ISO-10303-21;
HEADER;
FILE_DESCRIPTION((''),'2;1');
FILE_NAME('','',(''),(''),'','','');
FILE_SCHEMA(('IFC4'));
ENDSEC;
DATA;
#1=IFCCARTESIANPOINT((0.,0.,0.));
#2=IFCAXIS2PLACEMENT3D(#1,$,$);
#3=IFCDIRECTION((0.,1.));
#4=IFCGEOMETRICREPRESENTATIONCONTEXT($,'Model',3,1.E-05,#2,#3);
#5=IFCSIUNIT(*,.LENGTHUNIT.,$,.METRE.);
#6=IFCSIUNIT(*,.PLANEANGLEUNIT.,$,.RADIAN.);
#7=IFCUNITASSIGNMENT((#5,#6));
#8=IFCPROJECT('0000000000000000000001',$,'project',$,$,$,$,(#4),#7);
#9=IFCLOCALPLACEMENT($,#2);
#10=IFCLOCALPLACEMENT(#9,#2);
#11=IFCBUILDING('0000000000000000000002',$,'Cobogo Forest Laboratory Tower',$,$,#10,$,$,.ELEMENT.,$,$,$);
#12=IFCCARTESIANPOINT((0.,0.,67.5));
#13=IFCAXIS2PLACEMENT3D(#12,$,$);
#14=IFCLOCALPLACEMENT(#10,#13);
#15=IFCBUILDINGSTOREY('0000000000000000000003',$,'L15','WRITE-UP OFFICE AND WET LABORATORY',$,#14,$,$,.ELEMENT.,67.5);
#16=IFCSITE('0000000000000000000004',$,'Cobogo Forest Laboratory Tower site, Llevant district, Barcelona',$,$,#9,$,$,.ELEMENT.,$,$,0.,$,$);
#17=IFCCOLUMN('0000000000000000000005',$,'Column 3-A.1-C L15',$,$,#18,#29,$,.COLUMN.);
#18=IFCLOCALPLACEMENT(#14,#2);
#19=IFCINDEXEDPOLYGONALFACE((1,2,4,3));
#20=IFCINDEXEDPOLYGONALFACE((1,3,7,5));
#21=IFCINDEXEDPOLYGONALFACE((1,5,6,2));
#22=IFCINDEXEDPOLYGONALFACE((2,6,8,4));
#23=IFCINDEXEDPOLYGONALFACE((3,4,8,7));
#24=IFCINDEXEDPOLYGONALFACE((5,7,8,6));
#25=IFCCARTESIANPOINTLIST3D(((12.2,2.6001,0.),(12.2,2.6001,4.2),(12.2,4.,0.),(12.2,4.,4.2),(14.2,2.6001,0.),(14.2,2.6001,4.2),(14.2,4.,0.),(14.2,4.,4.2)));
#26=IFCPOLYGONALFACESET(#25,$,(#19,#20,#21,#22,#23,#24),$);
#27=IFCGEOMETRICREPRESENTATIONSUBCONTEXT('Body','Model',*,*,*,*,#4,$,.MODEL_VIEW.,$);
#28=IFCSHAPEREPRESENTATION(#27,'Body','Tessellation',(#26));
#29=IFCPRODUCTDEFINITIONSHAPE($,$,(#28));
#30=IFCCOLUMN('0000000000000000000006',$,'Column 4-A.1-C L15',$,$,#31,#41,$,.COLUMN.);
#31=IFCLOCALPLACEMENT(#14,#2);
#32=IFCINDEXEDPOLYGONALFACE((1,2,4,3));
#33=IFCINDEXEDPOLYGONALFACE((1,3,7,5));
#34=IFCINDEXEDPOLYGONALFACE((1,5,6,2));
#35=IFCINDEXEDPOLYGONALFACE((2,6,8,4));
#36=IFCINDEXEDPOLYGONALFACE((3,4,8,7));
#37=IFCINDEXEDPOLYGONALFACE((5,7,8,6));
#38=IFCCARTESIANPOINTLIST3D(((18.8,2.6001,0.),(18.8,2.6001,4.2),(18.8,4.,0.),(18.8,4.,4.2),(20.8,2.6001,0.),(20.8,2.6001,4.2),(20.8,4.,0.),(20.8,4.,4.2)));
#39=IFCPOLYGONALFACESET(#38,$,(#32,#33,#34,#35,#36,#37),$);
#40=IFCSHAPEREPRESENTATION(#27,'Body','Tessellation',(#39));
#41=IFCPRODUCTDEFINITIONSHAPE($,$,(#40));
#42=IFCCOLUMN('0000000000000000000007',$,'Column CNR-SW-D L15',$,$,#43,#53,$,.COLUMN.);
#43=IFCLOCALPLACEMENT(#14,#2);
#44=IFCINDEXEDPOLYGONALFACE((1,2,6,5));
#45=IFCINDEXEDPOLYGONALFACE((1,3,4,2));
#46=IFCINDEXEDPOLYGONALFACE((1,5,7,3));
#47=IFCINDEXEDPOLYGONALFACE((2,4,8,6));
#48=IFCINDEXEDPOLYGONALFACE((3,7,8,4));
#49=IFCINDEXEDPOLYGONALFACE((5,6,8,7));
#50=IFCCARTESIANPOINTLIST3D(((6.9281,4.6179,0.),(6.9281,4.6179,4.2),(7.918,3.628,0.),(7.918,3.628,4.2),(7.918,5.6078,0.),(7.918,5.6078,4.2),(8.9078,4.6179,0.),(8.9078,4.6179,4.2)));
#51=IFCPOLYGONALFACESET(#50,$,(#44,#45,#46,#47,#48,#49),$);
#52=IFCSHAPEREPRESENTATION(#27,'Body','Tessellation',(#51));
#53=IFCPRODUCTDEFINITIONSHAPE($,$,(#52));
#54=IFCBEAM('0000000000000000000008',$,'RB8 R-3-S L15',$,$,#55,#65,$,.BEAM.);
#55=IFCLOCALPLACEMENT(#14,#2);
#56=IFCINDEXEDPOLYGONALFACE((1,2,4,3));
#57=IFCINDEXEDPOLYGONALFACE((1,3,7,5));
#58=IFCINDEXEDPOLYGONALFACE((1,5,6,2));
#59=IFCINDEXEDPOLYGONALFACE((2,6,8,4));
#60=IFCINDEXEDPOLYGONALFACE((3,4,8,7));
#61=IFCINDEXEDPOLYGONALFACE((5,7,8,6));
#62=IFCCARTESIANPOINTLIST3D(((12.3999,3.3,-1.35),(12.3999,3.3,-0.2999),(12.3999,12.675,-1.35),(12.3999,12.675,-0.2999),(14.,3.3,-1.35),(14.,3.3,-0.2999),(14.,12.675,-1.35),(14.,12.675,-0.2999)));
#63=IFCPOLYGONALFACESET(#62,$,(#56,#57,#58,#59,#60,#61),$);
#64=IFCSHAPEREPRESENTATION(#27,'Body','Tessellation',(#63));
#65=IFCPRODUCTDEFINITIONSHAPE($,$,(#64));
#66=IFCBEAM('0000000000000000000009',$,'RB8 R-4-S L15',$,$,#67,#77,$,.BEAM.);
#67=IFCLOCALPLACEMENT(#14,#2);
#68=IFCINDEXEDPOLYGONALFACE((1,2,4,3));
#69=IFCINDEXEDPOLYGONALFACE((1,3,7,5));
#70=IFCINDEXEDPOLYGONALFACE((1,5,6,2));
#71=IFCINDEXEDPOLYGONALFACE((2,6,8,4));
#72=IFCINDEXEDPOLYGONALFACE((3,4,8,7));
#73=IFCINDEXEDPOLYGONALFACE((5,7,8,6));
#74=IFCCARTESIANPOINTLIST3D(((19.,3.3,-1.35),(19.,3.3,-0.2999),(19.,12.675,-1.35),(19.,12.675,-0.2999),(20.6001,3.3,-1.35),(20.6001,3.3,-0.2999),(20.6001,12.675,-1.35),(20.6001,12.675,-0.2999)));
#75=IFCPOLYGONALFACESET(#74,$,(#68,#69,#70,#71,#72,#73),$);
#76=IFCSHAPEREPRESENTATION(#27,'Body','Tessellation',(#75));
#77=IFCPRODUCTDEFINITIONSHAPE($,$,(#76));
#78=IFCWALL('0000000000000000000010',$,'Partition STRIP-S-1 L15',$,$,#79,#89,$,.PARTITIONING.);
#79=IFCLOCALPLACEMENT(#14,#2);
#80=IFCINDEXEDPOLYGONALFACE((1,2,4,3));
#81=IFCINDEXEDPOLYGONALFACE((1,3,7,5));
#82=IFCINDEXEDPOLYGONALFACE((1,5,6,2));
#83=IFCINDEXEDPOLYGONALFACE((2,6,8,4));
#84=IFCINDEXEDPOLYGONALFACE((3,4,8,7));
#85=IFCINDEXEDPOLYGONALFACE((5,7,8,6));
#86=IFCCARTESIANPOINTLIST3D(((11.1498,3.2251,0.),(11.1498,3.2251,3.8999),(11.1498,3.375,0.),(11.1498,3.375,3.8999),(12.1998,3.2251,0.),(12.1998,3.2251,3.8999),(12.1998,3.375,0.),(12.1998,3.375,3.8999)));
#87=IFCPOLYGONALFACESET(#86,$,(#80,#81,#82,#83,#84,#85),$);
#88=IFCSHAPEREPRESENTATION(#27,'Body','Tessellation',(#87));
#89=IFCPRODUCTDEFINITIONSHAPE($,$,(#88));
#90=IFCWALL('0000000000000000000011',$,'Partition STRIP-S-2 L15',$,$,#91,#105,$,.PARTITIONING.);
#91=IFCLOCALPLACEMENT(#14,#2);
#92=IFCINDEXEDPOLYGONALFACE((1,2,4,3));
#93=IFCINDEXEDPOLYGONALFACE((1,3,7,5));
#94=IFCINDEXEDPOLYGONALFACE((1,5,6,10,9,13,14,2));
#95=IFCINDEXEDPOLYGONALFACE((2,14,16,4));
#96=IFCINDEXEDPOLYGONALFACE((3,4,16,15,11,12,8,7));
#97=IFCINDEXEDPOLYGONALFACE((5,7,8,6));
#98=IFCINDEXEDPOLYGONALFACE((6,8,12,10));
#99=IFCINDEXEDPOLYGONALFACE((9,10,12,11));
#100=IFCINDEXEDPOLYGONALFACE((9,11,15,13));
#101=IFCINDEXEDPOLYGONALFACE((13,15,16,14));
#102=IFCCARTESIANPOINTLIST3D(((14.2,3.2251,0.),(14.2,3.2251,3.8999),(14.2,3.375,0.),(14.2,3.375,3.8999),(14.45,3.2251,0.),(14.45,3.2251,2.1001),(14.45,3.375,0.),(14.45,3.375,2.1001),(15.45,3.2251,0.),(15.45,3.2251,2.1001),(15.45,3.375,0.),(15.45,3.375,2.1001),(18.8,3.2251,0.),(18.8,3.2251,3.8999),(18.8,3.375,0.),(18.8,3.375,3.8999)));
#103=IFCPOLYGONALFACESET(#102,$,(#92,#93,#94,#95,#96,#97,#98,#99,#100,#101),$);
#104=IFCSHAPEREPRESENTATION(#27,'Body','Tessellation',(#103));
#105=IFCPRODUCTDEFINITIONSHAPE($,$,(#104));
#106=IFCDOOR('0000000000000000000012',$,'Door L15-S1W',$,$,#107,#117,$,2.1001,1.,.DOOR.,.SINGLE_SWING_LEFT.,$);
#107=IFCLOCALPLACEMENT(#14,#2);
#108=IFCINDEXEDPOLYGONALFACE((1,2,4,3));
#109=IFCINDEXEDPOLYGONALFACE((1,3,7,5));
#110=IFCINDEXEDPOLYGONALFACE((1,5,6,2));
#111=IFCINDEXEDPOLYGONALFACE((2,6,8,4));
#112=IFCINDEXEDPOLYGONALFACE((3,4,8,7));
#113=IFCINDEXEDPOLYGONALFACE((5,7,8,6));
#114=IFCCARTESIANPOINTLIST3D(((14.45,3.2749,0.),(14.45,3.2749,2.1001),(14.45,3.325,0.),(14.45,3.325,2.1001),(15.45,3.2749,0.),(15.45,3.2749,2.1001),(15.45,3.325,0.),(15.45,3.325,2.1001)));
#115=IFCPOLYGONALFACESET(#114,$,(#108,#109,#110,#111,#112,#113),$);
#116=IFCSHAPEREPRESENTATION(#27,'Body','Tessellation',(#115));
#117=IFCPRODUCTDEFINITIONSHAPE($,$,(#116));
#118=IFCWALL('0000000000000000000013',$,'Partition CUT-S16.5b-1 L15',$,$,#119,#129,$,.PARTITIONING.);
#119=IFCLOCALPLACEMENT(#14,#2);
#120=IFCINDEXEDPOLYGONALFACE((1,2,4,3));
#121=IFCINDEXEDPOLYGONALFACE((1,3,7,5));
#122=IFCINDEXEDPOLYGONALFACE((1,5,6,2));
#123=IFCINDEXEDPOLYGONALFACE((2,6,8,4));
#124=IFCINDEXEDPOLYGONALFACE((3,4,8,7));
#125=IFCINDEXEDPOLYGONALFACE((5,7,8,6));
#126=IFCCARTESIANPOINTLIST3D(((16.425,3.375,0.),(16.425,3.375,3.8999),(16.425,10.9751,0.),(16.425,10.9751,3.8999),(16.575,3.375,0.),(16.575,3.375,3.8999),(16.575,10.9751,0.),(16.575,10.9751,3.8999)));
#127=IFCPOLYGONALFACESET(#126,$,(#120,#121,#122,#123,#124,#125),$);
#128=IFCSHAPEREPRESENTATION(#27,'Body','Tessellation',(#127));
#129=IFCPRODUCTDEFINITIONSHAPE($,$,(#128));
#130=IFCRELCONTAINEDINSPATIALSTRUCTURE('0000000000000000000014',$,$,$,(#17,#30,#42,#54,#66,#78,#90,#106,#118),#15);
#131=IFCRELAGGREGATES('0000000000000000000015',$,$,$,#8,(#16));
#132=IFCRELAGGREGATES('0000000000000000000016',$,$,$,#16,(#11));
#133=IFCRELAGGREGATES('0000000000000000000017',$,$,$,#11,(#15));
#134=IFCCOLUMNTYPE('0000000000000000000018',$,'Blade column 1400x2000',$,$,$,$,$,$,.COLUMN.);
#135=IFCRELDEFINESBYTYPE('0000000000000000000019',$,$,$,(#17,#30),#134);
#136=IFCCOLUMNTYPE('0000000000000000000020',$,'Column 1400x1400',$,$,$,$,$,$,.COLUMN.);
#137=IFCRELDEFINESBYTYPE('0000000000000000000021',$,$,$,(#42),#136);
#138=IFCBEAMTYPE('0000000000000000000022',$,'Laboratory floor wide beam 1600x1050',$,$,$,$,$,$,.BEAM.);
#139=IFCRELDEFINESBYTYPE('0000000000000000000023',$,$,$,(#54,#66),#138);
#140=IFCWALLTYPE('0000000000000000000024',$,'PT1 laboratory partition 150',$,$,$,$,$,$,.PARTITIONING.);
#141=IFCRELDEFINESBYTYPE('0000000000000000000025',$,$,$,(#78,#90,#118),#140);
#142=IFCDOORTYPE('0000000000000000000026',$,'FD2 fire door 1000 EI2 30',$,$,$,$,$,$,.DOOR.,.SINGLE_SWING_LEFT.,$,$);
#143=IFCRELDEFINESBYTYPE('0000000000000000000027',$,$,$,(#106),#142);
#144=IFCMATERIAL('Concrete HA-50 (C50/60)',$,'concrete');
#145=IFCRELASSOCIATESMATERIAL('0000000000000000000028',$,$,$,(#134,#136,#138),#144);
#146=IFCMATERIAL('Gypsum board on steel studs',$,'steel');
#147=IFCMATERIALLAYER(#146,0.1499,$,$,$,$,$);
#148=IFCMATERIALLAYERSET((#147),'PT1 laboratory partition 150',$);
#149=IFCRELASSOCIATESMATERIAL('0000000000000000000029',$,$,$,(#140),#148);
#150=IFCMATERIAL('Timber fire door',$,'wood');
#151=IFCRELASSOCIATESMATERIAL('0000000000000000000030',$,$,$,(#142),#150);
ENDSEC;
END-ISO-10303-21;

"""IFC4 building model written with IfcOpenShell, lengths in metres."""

from ifc_helpers import new_model, si_unit, direction, frame, frame_2d, origin, origin_2d, place, context, subcontext, project, spatial, rectangle, extrude, material, layer, layer_set, material_profile, profile_set, type_object, element, fill, save


model = new_model("IFC4")

# Units and contexts
model_context = context("Model", 3, precision=1e-05, world=origin(), true_north=direction((0.0, 1.0)))
body_context = subcontext(model_context, "Body", "Model", "MODEL_VIEW")
ifc_project = project(units=[si_unit("LENGTHUNIT", "METRE"), si_unit("PLANEANGLEUNIT", "RADIAN")], contexts=[model_context])

# Site, building, storey
site_placement = place(None, origin())
site = spatial("IfcSite", under=ifc_project, at=site_placement, Name="Cobogo Forest Laboratory Tower site, Llevant district, Barcelona", CompositionType="ELEMENT", RefElevation=0.0)
building_placement = place(site_placement, origin())
building = spatial("IfcBuilding", under=site, at=building_placement, Name="Cobogo Forest Laboratory Tower", CompositionType="ELEMENT")
storey_placement = place(building_placement, frame((0.0, 0.0, 67.5)))
storey = spatial("IfcBuildingStorey", under=building, at=storey_placement, Name="L15", Description="WRITE-UP OFFICE AND WET LABORATORY", CompositionType="ELEMENT", Elevation=67.5)

# Columns
ifc_material_1 = material(Name="Concrete HA-50 (C50/60)", Category="concrete")
ifc_material_profile_1 = material_profile(ifc_material_1, rectangle(XDim=2.0, YDim=1.3999, at=origin_2d()), Name="RC 1400x2000")
ifc_profile_set_1 = profile_set([ifc_material_profile_1], Name="Concrete HA-50 (C50/60)")
column_type_1 = type_object("IfcColumnType", Name="Blade column 1400x2000", PredefinedType="COLUMN", material=ifc_profile_set_1)
for number, where, z_axis, x_axis, name in (
    (1, (13.2, 3.3, 0.0), (0.0, 0.0, 1.0), (1.0, 0.0, 0.0), "Column 3-A.1-C L15"),
    (2, (19.8, 3.3, 0.0), (0.0, 0.0, 1.0), (1.0, 0.0, 0.0), "Column 4-A.1-C L15"),
):
    element("IfcColumn", number, at=place(storey_placement, frame(where, z_axis=z_axis, x_axis=x_axis)), inside=storey, type_object=column_type_1, Name=name, PredefinedType="COLUMN", context=body_context, shape_type="SweptSolid", body=[
        extrude(rectangle(XDim=2.0, YDim=1.3999, at=origin_2d()), origin(), (0.0, 0.0, 1.0), 4.2),
    ])
ifc_material_profile_2 = material_profile(ifc_material_1, rectangle(XDim=1.3999, YDim=1.3999, at=origin_2d()), Name="RC 1400x1400")
ifc_profile_set_2 = profile_set([ifc_material_profile_2], Name="Concrete HA-50 (C50/60)")
column_type_2 = type_object("IfcColumnType", Name="Column 1400x1400", PredefinedType="COLUMN", material=ifc_profile_set_2)
column_placement = place(storey_placement, frame((7.918, 4.6179, 0.0), z_axis=(0.0, 0.0, 1.0), x_axis=(0.707107, 0.707107, 0.0)))
element("IfcColumn", 3, at=column_placement, inside=storey, type_object=column_type_2, Name="Column CNR-SW-D L15", PredefinedType="COLUMN", context=body_context, shape_type="SweptSolid", body=[
    extrude(rectangle(XDim=1.3999, YDim=1.3999, at=origin_2d()), origin(), (0.0, 0.0, 1.0), 4.2),
])

# Beams
ifc_material_profile_3 = material_profile(ifc_material_1, rectangle(XDim=1.6001, YDim=1.05, at=origin_2d()), Name="RC 1600x1050")
ifc_profile_set_3 = profile_set([ifc_material_profile_3], Name="Concrete HA-50 (C50/60)")
beam_type = type_object("IfcBeamType", Name="Laboratory floor wide beam 1600x1050", PredefinedType="BEAM", material=ifc_profile_set_3)
for number, where, z_axis, x_axis, name in (
    (4, (13.2, 12.675, -0.825), (0.0, -1.0, 0.0), (1.0, 0.0, 0.0), "RB8 R-3-S L15"),
    (5, (19.8, 12.675, -0.825), (0.0, -1.0, 0.0), (1.0, 0.0, 0.0), "RB8 R-4-S L15"),
):
    element("IfcBeam", number, at=place(storey_placement, frame(where, z_axis=z_axis, x_axis=x_axis)), inside=storey, type_object=beam_type, Name=name, PredefinedType="BEAM", context=body_context, shape_type="SweptSolid", body=[
        extrude(rectangle(XDim=1.6001, YDim=1.05, at=origin_2d()), origin(), (0.0, 0.0, 1.0), 9.375),
    ])

# Wall
ifc_material_2 = material(Name="Gypsum board on steel studs", Category="steel")
ifc_layer_1 = layer(ifc_material_2, 0.1499)
ifc_layer_set_1 = layer_set([ifc_layer_1], Name="PT1 laboratory partition 150")
wall_type_1 = type_object("IfcWallType", Name="PT1 laboratory partition 150", PredefinedType="PARTITIONING", material=ifc_layer_set_1)
wall_1_placement = place(storey_placement, frame((11.1499, 3.3, 0.0), z_axis=(0.0, 0.0, 1.0), x_axis=(1.0, 0.0, 0.0)))
element("IfcWall", 6, at=wall_1_placement, inside=storey, type_object=wall_type_1, Name="Partition STRIP-S-1 L15", PredefinedType="PARTITIONING", context=body_context, shape_type="SweptSolid", body=[
    extrude(rectangle(XDim=1.05, YDim=0.1499, at=frame_2d((0.5249, 0.0))), origin(), (0.0, 0.0, 1.0), 3.8999),
])

# Wall, opening, door
wall_2_placement = place(storey_placement, frame((14.2, 3.3, 0.0), z_axis=(0.0, 0.0, 1.0), x_axis=(1.0, 0.0, 0.0)))
wall_2 = element("IfcWall", 7, at=wall_2_placement, inside=storey, type_object=wall_type_1, Name="Partition STRIP-S-2 L15", PredefinedType="PARTITIONING", context=body_context, shape_type="SweptSolid", body=[
    extrude(rectangle(XDim=4.6001, YDim=0.1499, at=frame_2d((2.3, 0.0))), origin(), (0.0, 0.0, 1.0), 3.8999),
])
opening_1_placement = place(wall_2_placement, frame((0.25, 0.0, 0.0)))
opening_1 = element("IfcOpeningElement", 8, at=opening_1_placement, cuts=wall_2, PredefinedType="OPENING", context=body_context, shape_type="SweptSolid", body=[
    extrude(rectangle(XDim=1.0, YDim=2.1001, at=frame_2d((0.5, 1.05))), frame((0.0, 0.085, 0.0), z_axis=(0.0, -1.0, 0.0), x_axis=(1.0, 0.0, 0.0)), (0.0, 0.0, 1.0), 0.1699),
])
ifc_material_3 = material(Name="Timber fire door", Category="wood")
door_type_1 = type_object("IfcDoorType", Name="FD2 fire door 1000 EI2 30", OperationType="SINGLE_SWING_LEFT", PredefinedType="DOOR", material=ifc_material_3)
door_1_placement = place(opening_1_placement, origin())
door_1 = element("IfcDoor", 9, at=door_1_placement, inside=storey, type_object=door_type_1, Name="Door L15-S1W", OperationType="SINGLE_SWING_LEFT", OverallHeight=2.1001, OverallWidth=1.0, PredefinedType="DOOR", context=body_context, shape_type="SweptSolid", body=[
    extrude(rectangle(XDim=1.0, YDim=2.1001, at=frame_2d((0.5, 1.05))), frame((0.0, 0.0249, 0.0), z_axis=(0.0, -1.0, 0.0), x_axis=(1.0, 0.0, 0.0)), (0.0, 0.0, 1.0), 0.05),
])
fill(opening_1, door_1)

# Wall
wall_3_placement = place(storey_placement, frame((16.5, 3.375, 0.0), z_axis=(0.0, 0.0, 1.0), x_axis=(0.0, 1.0, 0.0)))
element("IfcWall", 10, at=wall_3_placement, inside=storey, type_object=wall_type_1, Name="Partition CUT-S16.5b-1 L15", PredefinedType="PARTITIONING", context=body_context, shape_type="SweptSolid", body=[
    extrude(rectangle(XDim=7.6001, YDim=0.1499, at=frame_2d((3.8, 0.0))), origin(), (0.0, 0.0, 1.0), 3.8999),
])

save(model, "model.ifc")
